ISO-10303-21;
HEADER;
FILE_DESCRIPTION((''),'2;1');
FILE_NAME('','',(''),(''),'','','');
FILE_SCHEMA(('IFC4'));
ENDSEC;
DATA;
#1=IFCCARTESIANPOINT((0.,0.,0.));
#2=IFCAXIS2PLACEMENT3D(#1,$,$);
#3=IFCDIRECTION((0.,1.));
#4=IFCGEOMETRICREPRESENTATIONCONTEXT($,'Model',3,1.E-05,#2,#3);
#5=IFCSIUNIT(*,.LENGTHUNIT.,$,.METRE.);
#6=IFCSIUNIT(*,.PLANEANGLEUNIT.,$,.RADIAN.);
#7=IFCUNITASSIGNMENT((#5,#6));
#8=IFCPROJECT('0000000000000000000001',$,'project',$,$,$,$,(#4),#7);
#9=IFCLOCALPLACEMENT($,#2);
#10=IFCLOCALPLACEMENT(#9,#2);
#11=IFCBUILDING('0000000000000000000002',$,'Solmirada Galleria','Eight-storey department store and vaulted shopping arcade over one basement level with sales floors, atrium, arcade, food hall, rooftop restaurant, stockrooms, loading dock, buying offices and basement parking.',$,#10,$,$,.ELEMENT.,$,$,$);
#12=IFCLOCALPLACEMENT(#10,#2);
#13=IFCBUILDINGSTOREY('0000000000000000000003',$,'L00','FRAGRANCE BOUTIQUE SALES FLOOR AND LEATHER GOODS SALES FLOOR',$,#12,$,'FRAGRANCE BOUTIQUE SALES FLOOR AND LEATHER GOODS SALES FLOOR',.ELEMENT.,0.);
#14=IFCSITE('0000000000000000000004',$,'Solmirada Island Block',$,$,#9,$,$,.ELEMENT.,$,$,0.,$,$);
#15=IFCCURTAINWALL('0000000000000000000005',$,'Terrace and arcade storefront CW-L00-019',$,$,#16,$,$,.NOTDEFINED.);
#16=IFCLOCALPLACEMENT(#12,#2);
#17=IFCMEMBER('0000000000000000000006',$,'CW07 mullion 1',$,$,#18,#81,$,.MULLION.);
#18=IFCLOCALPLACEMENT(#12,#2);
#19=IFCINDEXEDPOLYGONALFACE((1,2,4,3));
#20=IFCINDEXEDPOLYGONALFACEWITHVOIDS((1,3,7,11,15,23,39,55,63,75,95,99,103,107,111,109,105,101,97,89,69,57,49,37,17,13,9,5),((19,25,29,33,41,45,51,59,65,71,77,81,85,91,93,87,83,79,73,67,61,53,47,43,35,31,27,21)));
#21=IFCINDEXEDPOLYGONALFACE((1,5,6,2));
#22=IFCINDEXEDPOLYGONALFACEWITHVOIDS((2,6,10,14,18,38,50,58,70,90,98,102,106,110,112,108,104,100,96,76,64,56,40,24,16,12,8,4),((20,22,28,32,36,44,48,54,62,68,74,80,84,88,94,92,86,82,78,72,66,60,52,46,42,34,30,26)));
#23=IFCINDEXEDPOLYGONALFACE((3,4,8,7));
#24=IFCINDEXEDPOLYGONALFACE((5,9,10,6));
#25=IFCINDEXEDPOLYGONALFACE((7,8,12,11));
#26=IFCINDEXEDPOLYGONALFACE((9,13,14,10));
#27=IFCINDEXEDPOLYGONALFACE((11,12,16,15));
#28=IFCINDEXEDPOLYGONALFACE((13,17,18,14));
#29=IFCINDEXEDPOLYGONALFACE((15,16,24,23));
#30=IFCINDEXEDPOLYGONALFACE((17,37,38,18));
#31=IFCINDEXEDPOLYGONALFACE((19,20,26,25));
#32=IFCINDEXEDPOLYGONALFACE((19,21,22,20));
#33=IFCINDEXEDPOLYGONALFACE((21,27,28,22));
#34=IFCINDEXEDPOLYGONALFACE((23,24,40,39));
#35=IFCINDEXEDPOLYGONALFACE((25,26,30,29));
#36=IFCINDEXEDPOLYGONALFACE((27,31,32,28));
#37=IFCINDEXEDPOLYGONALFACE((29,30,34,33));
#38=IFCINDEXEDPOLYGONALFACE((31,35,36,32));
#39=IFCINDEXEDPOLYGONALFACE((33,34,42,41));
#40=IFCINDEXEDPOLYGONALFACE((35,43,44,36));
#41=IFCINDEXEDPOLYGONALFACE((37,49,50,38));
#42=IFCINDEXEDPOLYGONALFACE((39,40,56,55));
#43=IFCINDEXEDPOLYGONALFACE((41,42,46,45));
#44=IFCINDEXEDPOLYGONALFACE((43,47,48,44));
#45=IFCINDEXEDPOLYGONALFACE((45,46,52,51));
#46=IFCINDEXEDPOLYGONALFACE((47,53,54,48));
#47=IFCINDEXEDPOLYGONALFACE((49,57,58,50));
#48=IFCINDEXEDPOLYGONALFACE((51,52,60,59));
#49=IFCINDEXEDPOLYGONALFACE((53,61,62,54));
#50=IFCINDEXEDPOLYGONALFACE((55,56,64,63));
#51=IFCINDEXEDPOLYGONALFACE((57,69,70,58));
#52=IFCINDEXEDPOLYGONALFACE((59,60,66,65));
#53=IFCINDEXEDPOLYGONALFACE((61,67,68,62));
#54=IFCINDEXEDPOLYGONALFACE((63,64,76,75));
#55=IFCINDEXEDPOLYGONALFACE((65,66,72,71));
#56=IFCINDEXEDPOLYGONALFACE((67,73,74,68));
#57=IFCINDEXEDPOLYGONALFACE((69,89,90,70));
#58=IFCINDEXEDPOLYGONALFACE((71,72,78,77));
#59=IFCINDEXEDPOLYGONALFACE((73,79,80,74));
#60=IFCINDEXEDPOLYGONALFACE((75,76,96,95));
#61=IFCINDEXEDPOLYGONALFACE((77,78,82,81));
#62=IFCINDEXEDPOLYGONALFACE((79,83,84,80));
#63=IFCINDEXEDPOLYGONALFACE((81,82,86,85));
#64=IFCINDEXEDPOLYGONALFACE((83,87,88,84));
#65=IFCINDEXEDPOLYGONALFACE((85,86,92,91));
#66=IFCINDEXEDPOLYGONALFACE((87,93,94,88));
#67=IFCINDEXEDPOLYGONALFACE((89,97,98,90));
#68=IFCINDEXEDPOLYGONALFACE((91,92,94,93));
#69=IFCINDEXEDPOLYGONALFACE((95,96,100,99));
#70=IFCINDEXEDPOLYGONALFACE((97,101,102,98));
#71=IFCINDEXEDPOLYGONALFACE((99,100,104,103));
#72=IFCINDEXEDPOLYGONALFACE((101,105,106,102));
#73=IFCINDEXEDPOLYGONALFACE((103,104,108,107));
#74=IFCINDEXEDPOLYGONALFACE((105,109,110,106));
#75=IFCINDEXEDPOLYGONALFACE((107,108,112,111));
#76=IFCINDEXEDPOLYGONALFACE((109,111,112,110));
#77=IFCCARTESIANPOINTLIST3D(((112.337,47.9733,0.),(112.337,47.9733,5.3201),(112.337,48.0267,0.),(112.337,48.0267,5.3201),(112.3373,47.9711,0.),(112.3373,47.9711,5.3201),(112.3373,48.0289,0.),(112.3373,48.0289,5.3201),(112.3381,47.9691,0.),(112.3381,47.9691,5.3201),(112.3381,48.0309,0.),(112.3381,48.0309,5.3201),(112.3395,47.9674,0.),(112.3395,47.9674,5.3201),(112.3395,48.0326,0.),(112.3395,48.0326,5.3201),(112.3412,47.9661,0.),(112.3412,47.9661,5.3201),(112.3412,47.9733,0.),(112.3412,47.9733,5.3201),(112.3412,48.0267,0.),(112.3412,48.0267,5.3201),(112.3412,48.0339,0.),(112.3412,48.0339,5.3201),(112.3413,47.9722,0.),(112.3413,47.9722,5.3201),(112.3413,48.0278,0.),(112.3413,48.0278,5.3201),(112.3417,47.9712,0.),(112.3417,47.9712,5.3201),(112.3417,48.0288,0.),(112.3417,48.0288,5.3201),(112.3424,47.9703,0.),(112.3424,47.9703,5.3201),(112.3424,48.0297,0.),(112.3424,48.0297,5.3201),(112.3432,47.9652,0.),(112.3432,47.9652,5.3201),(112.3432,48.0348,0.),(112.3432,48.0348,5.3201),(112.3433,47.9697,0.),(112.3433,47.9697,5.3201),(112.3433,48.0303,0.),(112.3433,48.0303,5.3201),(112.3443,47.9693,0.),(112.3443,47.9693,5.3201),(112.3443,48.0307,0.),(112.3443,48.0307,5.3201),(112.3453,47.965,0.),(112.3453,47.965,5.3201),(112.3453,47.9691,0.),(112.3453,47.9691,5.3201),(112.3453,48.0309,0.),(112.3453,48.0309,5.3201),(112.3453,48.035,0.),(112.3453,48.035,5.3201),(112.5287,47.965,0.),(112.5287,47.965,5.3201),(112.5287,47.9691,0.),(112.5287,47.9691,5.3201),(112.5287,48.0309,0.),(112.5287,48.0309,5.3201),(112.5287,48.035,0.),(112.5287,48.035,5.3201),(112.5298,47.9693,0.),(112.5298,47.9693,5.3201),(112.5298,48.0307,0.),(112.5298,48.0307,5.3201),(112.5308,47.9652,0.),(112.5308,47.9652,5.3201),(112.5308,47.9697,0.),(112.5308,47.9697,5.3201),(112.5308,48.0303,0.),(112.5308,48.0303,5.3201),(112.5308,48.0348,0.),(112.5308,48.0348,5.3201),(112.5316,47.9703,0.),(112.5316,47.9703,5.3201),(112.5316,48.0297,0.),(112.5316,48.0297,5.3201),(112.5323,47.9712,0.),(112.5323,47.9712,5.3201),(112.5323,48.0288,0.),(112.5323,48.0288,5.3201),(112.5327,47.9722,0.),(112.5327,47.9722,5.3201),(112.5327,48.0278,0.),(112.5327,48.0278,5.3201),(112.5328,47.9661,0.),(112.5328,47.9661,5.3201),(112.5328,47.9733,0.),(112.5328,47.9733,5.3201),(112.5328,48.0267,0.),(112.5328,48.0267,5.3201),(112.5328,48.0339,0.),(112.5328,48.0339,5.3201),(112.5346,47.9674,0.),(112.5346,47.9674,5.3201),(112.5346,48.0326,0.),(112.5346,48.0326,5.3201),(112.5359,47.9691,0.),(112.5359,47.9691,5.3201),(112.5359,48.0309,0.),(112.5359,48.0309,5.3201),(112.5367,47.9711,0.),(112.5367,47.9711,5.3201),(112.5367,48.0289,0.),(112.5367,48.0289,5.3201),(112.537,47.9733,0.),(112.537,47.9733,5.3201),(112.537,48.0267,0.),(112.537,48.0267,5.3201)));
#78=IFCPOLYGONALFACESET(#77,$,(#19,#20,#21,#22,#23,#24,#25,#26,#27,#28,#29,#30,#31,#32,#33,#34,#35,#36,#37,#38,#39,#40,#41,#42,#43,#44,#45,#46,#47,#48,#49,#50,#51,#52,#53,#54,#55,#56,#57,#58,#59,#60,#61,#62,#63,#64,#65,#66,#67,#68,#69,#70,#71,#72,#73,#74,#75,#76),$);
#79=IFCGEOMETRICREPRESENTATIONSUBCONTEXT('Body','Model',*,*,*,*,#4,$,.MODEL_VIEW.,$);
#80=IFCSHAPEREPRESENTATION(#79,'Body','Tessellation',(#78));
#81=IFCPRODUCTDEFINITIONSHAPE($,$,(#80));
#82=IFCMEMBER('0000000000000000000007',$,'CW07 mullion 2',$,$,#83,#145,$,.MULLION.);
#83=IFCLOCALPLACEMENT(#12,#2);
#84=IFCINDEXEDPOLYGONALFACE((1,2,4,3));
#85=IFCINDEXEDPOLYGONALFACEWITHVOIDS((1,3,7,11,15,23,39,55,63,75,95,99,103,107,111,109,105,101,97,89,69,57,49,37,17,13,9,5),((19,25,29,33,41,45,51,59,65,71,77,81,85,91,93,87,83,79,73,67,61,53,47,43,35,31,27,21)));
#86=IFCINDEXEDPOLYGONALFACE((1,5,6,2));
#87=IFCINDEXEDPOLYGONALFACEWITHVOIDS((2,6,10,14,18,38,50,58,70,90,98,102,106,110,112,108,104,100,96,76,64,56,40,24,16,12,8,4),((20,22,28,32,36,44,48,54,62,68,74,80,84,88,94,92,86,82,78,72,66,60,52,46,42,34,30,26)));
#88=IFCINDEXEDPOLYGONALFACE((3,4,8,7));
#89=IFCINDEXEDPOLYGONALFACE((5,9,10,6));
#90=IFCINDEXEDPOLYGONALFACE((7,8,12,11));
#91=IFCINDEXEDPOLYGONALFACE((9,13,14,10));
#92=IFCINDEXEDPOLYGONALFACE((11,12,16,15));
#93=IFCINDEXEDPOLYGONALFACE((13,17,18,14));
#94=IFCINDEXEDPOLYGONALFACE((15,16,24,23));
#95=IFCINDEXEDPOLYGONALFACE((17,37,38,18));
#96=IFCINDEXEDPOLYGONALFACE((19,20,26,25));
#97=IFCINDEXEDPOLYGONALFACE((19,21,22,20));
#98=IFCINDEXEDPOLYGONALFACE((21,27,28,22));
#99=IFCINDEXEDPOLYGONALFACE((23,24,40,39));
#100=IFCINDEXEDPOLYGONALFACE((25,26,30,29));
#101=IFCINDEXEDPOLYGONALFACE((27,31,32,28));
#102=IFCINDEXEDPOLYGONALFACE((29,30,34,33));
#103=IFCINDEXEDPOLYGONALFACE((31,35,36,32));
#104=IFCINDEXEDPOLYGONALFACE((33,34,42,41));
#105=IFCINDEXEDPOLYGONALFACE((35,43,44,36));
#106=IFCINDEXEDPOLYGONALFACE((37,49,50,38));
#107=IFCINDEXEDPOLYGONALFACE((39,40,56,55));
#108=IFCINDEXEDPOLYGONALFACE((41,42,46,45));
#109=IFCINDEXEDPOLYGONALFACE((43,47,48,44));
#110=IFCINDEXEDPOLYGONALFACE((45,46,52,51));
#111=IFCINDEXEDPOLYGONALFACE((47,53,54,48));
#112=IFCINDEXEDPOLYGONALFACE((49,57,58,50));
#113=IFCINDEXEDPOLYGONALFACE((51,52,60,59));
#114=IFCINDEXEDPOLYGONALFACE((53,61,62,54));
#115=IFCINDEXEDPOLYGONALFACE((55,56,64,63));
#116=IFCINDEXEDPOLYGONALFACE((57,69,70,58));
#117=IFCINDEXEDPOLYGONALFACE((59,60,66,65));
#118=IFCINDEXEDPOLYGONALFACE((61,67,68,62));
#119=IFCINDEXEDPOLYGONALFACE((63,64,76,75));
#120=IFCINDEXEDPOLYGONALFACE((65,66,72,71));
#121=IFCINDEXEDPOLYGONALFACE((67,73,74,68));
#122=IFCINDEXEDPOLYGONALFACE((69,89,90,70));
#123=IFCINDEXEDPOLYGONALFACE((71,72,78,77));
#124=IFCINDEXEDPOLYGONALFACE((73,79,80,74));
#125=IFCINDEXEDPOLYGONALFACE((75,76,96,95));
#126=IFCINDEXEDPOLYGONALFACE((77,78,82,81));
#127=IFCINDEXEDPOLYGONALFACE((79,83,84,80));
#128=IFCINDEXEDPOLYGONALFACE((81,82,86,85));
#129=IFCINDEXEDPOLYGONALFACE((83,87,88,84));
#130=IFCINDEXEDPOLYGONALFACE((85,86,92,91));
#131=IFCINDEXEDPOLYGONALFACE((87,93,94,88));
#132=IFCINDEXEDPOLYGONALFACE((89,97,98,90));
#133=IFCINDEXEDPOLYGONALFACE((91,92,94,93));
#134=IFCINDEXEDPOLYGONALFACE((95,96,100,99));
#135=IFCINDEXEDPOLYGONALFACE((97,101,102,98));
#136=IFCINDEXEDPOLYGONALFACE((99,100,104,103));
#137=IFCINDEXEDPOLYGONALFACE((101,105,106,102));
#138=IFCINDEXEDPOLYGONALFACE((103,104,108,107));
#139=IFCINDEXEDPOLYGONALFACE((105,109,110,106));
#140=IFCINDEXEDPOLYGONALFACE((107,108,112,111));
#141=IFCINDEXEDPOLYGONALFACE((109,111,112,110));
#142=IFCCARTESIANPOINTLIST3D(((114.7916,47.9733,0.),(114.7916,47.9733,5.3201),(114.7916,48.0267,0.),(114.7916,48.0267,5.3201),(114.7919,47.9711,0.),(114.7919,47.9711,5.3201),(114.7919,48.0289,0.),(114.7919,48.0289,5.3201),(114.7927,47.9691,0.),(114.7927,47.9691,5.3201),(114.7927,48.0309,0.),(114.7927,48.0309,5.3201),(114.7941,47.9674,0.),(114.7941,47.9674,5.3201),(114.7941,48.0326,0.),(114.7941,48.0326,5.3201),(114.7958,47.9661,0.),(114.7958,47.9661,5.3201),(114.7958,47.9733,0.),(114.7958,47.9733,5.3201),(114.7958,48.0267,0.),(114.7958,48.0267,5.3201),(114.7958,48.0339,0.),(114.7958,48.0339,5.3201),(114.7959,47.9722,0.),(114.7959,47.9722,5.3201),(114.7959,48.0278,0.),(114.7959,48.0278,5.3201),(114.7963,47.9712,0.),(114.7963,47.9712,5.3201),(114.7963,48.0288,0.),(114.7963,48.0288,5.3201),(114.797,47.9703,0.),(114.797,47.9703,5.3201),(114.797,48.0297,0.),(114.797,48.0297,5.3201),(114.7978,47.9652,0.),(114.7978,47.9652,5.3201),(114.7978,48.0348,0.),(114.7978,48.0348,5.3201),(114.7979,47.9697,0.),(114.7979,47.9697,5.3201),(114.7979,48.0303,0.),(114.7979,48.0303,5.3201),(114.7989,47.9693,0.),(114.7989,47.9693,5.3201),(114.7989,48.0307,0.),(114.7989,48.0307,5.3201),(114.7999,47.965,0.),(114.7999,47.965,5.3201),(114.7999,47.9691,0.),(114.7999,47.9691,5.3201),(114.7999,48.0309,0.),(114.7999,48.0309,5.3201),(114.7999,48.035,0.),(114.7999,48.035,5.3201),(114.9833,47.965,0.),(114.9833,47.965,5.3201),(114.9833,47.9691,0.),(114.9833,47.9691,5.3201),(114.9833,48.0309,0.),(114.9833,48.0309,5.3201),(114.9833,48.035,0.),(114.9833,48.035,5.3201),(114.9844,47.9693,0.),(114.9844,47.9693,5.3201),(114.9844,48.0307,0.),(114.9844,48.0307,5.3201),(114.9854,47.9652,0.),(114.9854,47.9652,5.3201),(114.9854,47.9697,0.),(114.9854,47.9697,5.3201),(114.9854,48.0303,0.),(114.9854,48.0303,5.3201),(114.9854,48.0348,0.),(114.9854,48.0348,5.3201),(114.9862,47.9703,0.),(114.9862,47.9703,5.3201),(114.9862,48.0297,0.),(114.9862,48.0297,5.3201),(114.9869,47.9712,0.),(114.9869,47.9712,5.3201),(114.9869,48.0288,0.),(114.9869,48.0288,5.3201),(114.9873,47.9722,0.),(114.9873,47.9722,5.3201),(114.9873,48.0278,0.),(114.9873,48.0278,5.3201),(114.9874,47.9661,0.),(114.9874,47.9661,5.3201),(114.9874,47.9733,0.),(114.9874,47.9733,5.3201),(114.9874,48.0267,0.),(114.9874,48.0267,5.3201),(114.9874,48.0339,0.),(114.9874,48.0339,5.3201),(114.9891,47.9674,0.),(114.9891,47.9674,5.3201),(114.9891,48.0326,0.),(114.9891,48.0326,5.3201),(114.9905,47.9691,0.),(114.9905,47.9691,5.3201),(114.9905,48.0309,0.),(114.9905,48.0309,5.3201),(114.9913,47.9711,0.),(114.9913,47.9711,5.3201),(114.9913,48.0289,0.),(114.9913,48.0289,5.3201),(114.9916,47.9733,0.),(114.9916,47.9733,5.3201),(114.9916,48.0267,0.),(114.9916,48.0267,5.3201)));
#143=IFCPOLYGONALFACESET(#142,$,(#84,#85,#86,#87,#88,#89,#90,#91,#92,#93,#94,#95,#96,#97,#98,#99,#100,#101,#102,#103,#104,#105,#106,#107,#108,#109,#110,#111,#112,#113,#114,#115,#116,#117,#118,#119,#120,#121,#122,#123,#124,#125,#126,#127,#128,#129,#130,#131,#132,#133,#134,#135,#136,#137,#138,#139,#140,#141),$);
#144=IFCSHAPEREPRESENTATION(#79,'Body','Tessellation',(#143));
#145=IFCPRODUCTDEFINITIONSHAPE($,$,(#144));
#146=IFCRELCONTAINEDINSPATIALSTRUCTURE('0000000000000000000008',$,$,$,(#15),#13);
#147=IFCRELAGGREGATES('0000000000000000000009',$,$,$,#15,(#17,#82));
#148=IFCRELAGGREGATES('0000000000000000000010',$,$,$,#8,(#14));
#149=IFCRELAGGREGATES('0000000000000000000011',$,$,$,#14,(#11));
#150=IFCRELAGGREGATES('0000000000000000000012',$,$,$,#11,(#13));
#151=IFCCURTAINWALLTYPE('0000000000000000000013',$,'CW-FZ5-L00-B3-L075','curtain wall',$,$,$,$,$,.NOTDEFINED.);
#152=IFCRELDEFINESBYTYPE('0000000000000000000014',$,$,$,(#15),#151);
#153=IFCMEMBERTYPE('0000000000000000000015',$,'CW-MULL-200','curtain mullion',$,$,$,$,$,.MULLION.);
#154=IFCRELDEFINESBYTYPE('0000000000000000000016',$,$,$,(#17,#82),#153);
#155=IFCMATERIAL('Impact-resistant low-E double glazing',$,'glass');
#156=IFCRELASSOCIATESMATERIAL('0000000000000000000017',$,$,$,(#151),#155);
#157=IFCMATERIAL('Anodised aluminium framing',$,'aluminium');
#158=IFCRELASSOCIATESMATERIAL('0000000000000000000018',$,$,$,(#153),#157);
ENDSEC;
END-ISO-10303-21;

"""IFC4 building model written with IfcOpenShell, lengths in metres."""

from ifc_helpers import new_model, si_unit, direction, frame, origin, origin_2d, place, context, subcontext, project, spatial, hollow_rectangle, extrude, material, material_profile, profile_set, type_object, element, aggregate, save


model = new_model("IFC4")

# Units and contexts
model_context = context("Model", 3, precision=1e-05, world=origin(), true_north=direction((0.0, 1.0)))
body_context = subcontext(model_context, "Body", "Model", "MODEL_VIEW")
ifc_project = project(units=[si_unit("LENGTHUNIT", "METRE"), si_unit("PLANEANGLEUNIT", "RADIAN")], contexts=[model_context])

# Site, building, storey
site_placement = place(None, origin())
site = spatial("IfcSite", under=ifc_project, at=site_placement, Name="Solmirada Island Block", CompositionType="ELEMENT", RefElevation=0.0)
building_placement = place(site_placement, origin())
building = spatial("IfcBuilding", under=site, at=building_placement, Name="Solmirada Galleria", Description="Eight-storey department store and vaulted shopping arcade over one basement level with sales floors, atrium, arcade, food hall, rooftop restaurant, stockrooms, loading dock, buying offices and basement parking.", CompositionType="ELEMENT")
storey_placement = place(building_placement, origin())
storey = spatial("IfcBuildingStorey", under=building, at=storey_placement, Name="L00", Description="FRAGRANCE BOUTIQUE SALES FLOOR AND LEATHER GOODS SALES FLOOR", LongName="FRAGRANCE BOUTIQUE SALES FLOOR AND LEATHER GOODS SALES FLOOR", CompositionType="ELEMENT", Elevation=0.0)

# Curtain wall, members
ifc_material_1 = material(Name="Impact-resistant low-E double glazing", Category="glass")
curtain_wall_type = type_object("IfcCurtainWallType", Name="CW-FZ5-L00-B3-L075", Description="curtain wall", PredefinedType="NOTDEFINED", material=ifc_material_1)
curtain_wall_placement = place(storey_placement, origin())
curtain_wall = element("IfcCurtainWall", 1, at=curtain_wall_placement, inside=storey, type_object=curtain_wall_type, Name="Terrace and arcade storefront CW-L00-019", PredefinedType="NOTDEFINED")
ifc_material_2 = material(Name="Anodised aluminium framing", Category="aluminium")
ifc_material_profile_1 = material_profile(ifc_material_2, hollow_rectangle(XDim=0.0701, YDim=0.2, WallThickness=0.0042, InnerFilletRadius=0.0042, OuterFilletRadius=0.0083, at=origin_2d()), Name="ALU-MULL-200X70")
ifc_profile_set_1 = profile_set([ifc_material_profile_1], Name="Anodised aluminium framing")
member_type_1 = type_object("IfcMemberType", Name="CW-MULL-200", Description="curtain mullion", PredefinedType="MULLION", material=ifc_profile_set_1)
member_1_placement = place(storey_placement, frame((112.437, 48.0, 0.0), z_axis=(0.0, 0.0, 1.0), x_axis=(0.0, 1.0, 0.0)))
member_1 = element("IfcMember", 2, at=member_1_placement, type_object=member_type_1, Name="CW07 mullion 1", PredefinedType="MULLION", context=body_context, shape_type="SweptSolid", body=[
    extrude(hollow_rectangle(XDim=0.0701, YDim=0.2, WallThickness=0.0042, InnerFilletRadius=0.0042, OuterFilletRadius=0.0083, at=origin_2d()), origin(), (0.0, 0.0, 1.0), 5.3201),
])
member_2_placement = place(storey_placement, frame((114.8916, 48.0, 0.0), z_axis=(0.0, 0.0, 1.0), x_axis=(0.0, 1.0, 0.0)))
member_2 = element("IfcMember", 3, at=member_2_placement, type_object=member_type_1, Name="CW07 mullion 2", PredefinedType="MULLION", context=body_context, shape_type="SweptSolid", body=[
    extrude(hollow_rectangle(XDim=0.0701, YDim=0.2, WallThickness=0.0042, InnerFilletRadius=0.0042, OuterFilletRadius=0.0083, at=origin_2d()), origin(), (0.0, 0.0, 1.0), 5.3201),
])
aggregate(curtain_wall, [member_1, member_2])

save(model, "model.ifc")
